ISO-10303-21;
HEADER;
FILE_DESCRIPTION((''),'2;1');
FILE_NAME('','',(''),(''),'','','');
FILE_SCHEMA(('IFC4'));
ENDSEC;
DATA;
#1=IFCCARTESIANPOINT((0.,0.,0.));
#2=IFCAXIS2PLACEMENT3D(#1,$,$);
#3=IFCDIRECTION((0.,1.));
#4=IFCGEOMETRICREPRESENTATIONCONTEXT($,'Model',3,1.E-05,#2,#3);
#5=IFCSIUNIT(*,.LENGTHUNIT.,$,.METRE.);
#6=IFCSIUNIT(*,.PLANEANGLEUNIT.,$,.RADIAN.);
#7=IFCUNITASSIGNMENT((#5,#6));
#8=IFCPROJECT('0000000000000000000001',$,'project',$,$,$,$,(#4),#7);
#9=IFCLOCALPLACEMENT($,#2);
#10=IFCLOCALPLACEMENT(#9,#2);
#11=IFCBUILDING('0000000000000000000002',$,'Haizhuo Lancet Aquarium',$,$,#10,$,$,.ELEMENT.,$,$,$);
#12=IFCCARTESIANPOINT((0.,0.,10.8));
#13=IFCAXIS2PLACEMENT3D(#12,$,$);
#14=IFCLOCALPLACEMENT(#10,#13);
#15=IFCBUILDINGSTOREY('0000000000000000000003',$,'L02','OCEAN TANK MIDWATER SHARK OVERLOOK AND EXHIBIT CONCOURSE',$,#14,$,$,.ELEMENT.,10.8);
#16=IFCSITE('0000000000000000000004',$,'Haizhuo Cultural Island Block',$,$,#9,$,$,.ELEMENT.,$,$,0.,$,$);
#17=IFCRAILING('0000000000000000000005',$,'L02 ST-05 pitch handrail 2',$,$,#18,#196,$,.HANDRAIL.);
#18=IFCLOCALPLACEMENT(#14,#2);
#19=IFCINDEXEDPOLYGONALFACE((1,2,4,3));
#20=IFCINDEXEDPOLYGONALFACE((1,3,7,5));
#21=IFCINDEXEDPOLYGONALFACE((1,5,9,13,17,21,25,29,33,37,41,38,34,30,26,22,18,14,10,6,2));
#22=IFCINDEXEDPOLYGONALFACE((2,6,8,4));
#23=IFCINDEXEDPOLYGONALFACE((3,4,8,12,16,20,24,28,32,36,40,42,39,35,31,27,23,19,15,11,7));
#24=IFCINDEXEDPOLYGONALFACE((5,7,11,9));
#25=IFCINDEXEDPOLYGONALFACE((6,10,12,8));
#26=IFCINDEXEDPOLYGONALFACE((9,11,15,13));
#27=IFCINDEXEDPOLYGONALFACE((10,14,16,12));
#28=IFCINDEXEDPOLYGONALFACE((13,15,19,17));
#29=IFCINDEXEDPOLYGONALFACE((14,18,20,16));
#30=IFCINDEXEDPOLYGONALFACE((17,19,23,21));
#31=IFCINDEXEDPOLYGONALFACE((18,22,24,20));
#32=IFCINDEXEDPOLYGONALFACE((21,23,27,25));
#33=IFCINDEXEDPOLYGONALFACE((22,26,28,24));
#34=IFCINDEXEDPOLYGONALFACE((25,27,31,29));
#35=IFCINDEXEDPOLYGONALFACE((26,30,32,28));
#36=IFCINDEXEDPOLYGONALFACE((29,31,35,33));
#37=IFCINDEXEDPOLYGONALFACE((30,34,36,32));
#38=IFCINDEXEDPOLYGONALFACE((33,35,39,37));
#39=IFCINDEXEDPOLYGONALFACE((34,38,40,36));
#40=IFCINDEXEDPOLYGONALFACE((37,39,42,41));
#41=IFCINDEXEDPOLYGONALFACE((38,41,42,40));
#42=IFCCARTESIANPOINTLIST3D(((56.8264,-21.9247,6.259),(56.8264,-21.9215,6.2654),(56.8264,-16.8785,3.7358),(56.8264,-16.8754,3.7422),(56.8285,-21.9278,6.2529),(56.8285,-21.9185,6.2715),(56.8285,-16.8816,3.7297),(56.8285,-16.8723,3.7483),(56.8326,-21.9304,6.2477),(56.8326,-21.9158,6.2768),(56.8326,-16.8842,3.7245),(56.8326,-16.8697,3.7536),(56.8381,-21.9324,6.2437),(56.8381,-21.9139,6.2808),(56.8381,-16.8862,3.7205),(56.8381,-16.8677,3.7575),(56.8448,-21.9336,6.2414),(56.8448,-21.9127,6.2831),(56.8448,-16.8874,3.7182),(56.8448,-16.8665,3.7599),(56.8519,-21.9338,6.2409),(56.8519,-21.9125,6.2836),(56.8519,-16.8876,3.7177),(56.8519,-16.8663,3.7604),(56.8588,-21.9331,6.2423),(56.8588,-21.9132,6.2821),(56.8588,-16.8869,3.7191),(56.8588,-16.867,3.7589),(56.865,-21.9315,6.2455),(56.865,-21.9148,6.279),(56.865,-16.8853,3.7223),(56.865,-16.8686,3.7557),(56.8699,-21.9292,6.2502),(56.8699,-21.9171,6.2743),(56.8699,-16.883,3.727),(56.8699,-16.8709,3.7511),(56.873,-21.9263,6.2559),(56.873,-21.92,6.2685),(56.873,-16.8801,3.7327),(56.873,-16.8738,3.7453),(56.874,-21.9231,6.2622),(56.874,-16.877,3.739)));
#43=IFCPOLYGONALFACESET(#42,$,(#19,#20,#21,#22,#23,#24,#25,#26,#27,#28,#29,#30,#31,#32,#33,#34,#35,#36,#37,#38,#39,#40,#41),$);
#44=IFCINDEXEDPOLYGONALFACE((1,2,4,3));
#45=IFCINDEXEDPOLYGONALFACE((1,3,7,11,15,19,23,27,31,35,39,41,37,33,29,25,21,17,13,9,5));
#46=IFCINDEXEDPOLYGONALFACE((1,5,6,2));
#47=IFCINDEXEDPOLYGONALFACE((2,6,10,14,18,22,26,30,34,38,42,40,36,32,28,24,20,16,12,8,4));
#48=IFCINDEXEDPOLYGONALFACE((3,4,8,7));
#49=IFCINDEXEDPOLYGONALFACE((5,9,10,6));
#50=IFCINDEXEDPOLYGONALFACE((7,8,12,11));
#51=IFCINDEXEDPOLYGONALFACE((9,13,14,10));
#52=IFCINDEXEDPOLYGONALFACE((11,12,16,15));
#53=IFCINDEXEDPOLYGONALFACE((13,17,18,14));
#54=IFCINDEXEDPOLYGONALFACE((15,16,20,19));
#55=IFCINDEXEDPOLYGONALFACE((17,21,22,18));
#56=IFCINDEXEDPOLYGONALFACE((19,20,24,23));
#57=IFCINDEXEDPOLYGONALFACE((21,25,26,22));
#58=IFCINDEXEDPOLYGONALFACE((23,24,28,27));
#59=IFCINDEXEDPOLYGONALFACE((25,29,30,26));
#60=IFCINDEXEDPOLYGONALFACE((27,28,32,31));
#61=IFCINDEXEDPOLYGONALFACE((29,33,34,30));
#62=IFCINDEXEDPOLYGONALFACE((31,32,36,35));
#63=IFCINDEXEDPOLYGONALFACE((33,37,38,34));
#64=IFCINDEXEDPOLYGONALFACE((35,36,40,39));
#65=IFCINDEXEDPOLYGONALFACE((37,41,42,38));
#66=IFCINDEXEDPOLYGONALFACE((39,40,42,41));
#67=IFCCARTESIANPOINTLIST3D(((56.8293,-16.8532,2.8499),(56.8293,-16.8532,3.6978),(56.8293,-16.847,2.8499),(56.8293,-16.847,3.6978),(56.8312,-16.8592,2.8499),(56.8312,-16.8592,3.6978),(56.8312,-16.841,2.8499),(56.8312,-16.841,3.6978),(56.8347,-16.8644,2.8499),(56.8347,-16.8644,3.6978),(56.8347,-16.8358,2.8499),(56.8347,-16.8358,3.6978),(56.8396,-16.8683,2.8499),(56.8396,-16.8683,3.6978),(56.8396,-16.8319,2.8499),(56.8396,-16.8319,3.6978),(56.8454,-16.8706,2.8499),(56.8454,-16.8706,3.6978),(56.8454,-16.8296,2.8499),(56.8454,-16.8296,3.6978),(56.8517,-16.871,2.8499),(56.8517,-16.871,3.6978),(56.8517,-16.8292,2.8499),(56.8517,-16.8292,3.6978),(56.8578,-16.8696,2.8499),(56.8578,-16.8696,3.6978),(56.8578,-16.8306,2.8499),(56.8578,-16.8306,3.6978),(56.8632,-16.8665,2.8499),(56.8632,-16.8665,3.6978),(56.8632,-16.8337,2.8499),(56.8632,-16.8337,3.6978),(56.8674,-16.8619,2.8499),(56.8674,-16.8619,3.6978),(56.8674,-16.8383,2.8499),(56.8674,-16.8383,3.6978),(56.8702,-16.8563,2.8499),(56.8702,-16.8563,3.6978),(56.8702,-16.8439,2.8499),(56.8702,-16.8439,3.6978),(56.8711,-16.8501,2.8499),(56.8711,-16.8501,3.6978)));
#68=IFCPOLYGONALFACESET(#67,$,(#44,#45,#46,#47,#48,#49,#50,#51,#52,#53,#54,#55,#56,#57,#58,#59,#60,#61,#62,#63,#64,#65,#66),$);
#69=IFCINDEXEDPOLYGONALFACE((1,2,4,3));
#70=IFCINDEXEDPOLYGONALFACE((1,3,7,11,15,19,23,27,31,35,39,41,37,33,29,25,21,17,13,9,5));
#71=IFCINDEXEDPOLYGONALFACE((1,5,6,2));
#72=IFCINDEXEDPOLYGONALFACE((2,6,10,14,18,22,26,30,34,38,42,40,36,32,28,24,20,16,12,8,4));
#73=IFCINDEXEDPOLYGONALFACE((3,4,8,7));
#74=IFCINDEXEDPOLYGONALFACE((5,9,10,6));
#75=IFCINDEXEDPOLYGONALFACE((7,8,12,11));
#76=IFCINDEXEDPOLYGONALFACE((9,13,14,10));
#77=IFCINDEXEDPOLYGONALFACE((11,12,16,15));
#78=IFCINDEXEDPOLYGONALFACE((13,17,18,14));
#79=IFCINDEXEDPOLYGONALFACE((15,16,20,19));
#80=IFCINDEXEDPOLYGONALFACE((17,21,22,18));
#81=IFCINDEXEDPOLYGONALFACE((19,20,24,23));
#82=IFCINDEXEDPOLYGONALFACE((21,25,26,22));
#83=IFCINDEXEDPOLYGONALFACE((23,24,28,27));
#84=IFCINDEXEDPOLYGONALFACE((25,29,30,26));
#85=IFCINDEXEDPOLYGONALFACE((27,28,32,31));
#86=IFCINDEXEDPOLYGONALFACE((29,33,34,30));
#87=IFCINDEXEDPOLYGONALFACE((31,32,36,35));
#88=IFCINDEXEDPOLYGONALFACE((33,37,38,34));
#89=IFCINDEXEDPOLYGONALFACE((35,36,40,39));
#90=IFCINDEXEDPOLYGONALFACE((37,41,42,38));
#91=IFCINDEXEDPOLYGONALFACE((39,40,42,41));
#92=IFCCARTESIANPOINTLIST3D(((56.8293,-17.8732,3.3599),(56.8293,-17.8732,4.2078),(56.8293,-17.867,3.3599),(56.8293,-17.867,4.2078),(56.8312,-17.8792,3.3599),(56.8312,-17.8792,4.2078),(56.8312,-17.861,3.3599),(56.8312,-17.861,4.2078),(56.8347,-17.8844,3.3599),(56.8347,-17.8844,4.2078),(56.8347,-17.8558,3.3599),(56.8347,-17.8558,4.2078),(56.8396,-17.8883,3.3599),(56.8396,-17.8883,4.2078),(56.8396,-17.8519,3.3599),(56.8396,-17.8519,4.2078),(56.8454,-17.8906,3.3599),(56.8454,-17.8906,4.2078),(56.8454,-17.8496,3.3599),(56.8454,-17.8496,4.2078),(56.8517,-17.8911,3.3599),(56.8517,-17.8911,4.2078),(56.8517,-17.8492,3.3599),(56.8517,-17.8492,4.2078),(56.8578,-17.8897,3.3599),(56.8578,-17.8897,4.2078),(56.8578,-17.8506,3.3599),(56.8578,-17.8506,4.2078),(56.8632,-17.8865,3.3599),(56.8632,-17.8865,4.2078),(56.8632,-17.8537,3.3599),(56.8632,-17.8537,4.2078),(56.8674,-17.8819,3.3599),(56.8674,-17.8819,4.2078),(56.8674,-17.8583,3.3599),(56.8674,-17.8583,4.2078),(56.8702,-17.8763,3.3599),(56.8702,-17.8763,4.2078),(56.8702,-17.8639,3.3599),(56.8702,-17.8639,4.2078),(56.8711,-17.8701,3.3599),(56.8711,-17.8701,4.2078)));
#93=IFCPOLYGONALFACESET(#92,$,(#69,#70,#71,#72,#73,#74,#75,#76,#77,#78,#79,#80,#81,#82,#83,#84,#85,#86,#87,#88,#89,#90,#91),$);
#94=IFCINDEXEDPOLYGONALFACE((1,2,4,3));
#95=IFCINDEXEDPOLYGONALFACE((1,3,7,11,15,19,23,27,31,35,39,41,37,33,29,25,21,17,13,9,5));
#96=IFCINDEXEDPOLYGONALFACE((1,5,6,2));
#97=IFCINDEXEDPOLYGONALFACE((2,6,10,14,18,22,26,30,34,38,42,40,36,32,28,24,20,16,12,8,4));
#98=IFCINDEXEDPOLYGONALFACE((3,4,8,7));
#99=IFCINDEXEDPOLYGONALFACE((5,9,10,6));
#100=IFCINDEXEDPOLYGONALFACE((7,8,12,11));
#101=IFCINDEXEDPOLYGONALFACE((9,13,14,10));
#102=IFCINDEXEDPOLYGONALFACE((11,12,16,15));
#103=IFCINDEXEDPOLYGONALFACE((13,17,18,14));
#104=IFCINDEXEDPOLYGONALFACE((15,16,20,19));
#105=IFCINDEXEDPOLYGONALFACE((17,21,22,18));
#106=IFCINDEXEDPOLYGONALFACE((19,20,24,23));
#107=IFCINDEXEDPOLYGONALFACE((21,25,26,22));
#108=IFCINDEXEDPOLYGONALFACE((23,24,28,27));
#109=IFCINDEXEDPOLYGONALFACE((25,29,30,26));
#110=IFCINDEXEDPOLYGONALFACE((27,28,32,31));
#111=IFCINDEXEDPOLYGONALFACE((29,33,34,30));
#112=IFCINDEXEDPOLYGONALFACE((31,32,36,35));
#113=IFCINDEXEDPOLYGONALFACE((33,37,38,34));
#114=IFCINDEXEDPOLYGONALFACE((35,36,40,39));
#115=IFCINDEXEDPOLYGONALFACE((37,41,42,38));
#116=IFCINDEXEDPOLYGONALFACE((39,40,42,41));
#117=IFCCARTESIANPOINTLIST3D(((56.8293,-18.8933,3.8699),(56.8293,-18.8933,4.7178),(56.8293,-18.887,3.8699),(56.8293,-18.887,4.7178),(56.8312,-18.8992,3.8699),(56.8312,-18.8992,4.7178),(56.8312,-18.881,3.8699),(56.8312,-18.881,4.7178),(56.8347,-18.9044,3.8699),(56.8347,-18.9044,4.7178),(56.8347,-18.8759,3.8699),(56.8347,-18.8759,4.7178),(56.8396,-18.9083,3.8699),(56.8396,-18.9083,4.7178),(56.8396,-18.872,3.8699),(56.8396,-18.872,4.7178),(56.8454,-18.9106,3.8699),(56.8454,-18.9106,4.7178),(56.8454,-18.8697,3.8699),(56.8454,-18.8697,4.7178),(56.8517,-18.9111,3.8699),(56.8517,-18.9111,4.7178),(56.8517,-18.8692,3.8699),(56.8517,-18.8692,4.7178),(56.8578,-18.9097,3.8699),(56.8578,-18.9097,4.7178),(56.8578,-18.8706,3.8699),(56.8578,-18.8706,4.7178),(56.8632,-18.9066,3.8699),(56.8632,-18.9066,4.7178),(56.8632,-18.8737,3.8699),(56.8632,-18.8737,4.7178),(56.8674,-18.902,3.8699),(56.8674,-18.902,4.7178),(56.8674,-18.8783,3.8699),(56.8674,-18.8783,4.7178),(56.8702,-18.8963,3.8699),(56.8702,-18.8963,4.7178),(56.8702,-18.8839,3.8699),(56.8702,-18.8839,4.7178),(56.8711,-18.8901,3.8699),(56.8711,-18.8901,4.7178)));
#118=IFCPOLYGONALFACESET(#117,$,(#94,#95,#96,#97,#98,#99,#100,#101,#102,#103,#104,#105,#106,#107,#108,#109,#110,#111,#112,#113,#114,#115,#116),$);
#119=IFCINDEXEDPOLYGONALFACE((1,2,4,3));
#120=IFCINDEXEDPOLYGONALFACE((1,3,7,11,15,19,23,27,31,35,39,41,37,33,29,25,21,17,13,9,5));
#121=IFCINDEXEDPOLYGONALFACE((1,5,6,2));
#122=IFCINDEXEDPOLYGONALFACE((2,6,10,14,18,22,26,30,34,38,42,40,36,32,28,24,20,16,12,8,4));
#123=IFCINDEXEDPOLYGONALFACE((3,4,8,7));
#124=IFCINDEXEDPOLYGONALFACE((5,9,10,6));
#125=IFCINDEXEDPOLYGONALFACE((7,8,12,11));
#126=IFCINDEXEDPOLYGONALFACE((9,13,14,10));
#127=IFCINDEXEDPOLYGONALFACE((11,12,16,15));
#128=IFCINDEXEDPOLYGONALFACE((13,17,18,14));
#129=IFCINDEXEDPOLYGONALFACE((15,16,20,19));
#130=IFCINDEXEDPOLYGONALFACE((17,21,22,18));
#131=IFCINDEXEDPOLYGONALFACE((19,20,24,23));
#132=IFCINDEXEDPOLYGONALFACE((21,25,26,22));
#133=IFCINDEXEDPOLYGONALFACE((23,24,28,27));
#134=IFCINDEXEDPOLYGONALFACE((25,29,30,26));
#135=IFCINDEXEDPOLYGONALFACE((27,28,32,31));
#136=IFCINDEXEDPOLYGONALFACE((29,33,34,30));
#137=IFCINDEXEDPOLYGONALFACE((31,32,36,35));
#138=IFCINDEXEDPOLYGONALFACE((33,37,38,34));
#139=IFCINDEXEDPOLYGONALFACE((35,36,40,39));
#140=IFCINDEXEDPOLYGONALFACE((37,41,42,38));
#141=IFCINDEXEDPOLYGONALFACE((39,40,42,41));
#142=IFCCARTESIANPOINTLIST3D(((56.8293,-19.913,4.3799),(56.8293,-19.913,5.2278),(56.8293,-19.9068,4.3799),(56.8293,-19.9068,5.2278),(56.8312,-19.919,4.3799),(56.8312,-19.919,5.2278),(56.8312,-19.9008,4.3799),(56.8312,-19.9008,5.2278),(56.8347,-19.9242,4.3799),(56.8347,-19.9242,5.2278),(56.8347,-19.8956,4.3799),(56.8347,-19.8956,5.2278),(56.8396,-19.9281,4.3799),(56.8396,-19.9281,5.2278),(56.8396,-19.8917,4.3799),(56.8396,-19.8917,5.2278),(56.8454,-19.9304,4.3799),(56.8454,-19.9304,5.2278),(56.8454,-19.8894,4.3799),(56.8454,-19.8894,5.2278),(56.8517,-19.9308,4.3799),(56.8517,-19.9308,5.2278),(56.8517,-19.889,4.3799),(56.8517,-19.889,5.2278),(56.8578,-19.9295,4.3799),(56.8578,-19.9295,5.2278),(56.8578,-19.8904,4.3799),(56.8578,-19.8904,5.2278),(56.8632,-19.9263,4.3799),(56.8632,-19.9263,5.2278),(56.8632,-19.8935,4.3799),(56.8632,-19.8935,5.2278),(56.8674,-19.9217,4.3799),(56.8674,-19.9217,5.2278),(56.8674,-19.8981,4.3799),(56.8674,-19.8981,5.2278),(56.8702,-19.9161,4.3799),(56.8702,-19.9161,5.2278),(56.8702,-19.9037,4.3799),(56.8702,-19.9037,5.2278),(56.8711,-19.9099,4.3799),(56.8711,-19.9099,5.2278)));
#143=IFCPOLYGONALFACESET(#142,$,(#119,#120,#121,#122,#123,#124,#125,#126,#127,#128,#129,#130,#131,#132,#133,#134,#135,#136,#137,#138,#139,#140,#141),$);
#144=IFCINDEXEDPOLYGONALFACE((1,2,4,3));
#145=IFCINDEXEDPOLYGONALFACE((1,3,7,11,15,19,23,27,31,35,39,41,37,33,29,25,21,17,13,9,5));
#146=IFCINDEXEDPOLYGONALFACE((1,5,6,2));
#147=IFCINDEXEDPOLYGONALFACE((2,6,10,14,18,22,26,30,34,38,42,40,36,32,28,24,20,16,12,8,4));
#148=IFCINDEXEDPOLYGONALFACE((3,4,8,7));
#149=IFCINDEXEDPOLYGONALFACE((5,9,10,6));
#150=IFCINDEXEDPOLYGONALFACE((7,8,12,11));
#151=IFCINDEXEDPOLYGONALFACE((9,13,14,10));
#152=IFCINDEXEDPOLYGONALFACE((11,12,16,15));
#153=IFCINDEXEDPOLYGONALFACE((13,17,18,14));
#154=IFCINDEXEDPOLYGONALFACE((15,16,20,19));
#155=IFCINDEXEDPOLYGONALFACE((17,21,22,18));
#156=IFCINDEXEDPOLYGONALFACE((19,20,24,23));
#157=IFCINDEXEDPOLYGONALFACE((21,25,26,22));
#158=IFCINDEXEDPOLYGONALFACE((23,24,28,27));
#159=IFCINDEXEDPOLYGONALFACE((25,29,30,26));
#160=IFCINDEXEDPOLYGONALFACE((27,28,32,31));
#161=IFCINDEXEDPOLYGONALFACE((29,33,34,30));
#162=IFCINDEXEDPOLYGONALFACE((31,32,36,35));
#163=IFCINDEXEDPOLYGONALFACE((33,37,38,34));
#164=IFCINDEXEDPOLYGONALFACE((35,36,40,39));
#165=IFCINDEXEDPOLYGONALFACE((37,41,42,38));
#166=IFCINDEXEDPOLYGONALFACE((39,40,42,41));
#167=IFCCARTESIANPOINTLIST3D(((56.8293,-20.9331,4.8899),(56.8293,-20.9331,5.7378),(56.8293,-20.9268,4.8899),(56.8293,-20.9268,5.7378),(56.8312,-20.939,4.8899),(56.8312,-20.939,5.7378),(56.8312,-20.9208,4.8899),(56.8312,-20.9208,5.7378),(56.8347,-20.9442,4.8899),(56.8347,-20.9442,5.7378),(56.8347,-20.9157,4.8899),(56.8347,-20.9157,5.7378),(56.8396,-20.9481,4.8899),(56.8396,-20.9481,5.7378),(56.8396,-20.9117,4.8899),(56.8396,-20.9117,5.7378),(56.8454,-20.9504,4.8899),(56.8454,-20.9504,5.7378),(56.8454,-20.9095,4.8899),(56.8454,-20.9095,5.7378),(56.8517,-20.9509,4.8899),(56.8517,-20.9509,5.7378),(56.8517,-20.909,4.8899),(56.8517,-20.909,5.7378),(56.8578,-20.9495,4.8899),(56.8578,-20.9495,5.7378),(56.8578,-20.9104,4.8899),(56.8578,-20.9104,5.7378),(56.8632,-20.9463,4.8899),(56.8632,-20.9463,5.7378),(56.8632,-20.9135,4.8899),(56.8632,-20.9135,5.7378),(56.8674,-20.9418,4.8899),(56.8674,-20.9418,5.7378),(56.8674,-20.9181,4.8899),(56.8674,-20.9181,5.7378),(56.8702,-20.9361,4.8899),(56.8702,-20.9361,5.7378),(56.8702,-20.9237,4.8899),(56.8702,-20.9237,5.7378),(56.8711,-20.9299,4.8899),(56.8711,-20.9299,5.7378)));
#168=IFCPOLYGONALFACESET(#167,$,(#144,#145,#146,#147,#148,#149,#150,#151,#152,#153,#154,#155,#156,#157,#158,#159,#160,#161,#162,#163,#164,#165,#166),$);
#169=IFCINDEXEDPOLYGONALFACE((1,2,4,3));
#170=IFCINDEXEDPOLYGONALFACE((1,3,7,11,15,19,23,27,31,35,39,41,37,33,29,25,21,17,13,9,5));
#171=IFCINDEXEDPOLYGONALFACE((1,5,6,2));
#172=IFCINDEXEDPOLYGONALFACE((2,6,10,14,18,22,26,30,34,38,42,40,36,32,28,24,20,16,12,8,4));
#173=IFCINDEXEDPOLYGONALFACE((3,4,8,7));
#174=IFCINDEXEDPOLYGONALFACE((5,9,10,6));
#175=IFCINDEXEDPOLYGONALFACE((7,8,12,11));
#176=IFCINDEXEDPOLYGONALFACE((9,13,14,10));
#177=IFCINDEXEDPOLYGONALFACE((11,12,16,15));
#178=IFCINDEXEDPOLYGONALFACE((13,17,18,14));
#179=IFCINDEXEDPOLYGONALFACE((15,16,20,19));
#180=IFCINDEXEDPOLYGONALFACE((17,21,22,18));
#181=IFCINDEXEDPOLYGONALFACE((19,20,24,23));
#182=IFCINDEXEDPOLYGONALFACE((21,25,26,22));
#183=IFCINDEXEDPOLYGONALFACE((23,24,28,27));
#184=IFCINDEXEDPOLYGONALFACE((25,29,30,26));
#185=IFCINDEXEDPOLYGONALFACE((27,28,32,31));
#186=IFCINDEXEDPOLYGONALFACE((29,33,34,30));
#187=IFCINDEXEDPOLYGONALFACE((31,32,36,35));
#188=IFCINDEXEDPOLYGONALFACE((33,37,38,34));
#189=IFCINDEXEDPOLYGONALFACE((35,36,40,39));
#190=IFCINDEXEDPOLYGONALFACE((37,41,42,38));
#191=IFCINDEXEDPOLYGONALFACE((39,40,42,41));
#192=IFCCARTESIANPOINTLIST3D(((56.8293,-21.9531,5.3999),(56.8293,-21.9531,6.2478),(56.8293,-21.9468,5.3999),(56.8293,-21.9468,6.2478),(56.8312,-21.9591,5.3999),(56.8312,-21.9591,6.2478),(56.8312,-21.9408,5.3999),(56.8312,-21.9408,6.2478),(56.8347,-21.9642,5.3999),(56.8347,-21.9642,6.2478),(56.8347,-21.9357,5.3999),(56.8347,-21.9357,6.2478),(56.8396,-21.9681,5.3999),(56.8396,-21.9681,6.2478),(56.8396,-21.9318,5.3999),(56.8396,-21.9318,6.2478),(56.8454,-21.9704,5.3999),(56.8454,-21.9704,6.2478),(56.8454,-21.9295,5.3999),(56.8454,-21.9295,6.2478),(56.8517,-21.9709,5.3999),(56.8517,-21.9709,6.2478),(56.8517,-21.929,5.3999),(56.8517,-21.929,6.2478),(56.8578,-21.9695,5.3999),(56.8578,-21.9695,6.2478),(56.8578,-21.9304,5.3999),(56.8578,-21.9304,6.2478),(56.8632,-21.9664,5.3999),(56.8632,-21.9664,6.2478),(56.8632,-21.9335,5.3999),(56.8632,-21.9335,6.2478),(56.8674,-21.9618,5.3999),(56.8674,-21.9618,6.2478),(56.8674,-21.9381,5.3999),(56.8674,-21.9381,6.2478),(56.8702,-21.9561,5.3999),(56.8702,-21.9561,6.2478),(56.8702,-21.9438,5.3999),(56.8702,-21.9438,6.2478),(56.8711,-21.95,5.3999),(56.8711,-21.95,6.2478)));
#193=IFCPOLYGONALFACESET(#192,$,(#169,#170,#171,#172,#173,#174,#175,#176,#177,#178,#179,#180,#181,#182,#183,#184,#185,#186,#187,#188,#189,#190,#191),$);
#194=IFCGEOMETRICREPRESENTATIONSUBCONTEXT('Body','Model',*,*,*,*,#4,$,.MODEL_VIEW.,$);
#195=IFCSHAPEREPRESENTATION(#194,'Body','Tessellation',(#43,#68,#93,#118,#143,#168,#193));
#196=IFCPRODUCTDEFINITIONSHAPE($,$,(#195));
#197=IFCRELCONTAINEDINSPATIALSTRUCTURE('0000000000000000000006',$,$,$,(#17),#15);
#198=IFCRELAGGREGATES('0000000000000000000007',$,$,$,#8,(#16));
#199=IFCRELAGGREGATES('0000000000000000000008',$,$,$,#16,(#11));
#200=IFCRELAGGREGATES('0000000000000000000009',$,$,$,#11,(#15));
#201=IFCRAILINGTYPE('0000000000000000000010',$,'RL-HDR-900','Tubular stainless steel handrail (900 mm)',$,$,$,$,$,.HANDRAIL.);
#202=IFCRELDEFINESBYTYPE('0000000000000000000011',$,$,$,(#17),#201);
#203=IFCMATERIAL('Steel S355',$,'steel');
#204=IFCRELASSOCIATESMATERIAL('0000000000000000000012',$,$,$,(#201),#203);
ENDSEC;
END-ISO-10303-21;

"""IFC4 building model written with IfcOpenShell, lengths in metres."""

from ifc_helpers import new_model, si_unit, direction, frame, origin, origin_2d, place, context, subcontext, project, spatial, circle, extrude, material, type_object, element, save


model = new_model("IFC4")

# Units and contexts
model_context = context("Model", 3, precision=1e-05, world=origin(), true_north=direction((0.0, 1.0)))
body_context = subcontext(model_context, "Body", "Model", "MODEL_VIEW")
ifc_project = project(units=[si_unit("LENGTHUNIT", "METRE"), si_unit("PLANEANGLEUNIT", "RADIAN")], contexts=[model_context])

# Site, building, storey
site_placement = place(None, origin())
site = spatial("IfcSite", under=ifc_project, at=site_placement, Name="Haizhuo Cultural Island Block", CompositionType="ELEMENT", RefElevation=0.0)
building_placement = place(site_placement, origin())
building = spatial("IfcBuilding", under=site, at=building_placement, Name="Haizhuo Lancet Aquarium", CompositionType="ELEMENT")
storey_placement = place(building_placement, frame((0.0, 0.0, 10.8)))
storey = spatial("IfcBuildingStorey", under=building, at=storey_placement, Name="L02", Description="OCEAN TANK MIDWATER SHARK OVERLOOK AND EXHIBIT CONCOURSE", CompositionType="ELEMENT", Elevation=10.8)

# Shared definitions
ifc_material_1 = material(Name="Steel S355", Category="steel")

# Railing
railing_type_1 = type_object("IfcRailingType", Name="RL-HDR-900", Description="Tubular stainless steel handrail (900 mm)", PredefinedType="HANDRAIL", material=ifc_material_1)
railing_1_placement = place(storey_placement, frame((56.8501, -16.8501, 2.8499)))
element("IfcRailing", 1, at=railing_1_placement, inside=storey, type_object=railing_type_1, Name="L02 ST-05 pitch handrail 2", PredefinedType="HANDRAIL", context=body_context, shape_type="SweptSolid", body=[
    extrude(circle(Radius=0.0239, at=origin_2d()), frame((0.0, -0.0269, 0.8892), z_axis=(0.0, -0.894419, 0.447231), x_axis=(1.0, 0.0, 0.0)), (0.0, 0.0, 1.0), 5.6418),
    extrude(circle(Radius=0.021, at=origin_2d()), origin(), (0.0, 0.0, 1.0), 0.8479),
    extrude(circle(Radius=0.021, at=origin_2d()), frame((0.0, -1.02, 0.51)), (0.0, 0.0, 1.0), 0.8479),
    extrude(circle(Radius=0.021, at=origin_2d()), frame((0.0, -2.04, 1.02)), (0.0, 0.0, 1.0), 0.8479),
    extrude(circle(Radius=0.021, at=origin_2d()), frame((0.0, -3.0598, 1.53)), (0.0, 0.0, 1.0), 0.8479),
    extrude(circle(Radius=0.021, at=origin_2d()), frame((0.0, -4.0798, 2.04)), (0.0, 0.0, 1.0), 0.8479),
    extrude(circle(Radius=0.021, at=origin_2d()), frame((0.0, -5.0999, 2.55)), (0.0, 0.0, 1.0), 0.8479),
])

save(model, "model.ifc")
